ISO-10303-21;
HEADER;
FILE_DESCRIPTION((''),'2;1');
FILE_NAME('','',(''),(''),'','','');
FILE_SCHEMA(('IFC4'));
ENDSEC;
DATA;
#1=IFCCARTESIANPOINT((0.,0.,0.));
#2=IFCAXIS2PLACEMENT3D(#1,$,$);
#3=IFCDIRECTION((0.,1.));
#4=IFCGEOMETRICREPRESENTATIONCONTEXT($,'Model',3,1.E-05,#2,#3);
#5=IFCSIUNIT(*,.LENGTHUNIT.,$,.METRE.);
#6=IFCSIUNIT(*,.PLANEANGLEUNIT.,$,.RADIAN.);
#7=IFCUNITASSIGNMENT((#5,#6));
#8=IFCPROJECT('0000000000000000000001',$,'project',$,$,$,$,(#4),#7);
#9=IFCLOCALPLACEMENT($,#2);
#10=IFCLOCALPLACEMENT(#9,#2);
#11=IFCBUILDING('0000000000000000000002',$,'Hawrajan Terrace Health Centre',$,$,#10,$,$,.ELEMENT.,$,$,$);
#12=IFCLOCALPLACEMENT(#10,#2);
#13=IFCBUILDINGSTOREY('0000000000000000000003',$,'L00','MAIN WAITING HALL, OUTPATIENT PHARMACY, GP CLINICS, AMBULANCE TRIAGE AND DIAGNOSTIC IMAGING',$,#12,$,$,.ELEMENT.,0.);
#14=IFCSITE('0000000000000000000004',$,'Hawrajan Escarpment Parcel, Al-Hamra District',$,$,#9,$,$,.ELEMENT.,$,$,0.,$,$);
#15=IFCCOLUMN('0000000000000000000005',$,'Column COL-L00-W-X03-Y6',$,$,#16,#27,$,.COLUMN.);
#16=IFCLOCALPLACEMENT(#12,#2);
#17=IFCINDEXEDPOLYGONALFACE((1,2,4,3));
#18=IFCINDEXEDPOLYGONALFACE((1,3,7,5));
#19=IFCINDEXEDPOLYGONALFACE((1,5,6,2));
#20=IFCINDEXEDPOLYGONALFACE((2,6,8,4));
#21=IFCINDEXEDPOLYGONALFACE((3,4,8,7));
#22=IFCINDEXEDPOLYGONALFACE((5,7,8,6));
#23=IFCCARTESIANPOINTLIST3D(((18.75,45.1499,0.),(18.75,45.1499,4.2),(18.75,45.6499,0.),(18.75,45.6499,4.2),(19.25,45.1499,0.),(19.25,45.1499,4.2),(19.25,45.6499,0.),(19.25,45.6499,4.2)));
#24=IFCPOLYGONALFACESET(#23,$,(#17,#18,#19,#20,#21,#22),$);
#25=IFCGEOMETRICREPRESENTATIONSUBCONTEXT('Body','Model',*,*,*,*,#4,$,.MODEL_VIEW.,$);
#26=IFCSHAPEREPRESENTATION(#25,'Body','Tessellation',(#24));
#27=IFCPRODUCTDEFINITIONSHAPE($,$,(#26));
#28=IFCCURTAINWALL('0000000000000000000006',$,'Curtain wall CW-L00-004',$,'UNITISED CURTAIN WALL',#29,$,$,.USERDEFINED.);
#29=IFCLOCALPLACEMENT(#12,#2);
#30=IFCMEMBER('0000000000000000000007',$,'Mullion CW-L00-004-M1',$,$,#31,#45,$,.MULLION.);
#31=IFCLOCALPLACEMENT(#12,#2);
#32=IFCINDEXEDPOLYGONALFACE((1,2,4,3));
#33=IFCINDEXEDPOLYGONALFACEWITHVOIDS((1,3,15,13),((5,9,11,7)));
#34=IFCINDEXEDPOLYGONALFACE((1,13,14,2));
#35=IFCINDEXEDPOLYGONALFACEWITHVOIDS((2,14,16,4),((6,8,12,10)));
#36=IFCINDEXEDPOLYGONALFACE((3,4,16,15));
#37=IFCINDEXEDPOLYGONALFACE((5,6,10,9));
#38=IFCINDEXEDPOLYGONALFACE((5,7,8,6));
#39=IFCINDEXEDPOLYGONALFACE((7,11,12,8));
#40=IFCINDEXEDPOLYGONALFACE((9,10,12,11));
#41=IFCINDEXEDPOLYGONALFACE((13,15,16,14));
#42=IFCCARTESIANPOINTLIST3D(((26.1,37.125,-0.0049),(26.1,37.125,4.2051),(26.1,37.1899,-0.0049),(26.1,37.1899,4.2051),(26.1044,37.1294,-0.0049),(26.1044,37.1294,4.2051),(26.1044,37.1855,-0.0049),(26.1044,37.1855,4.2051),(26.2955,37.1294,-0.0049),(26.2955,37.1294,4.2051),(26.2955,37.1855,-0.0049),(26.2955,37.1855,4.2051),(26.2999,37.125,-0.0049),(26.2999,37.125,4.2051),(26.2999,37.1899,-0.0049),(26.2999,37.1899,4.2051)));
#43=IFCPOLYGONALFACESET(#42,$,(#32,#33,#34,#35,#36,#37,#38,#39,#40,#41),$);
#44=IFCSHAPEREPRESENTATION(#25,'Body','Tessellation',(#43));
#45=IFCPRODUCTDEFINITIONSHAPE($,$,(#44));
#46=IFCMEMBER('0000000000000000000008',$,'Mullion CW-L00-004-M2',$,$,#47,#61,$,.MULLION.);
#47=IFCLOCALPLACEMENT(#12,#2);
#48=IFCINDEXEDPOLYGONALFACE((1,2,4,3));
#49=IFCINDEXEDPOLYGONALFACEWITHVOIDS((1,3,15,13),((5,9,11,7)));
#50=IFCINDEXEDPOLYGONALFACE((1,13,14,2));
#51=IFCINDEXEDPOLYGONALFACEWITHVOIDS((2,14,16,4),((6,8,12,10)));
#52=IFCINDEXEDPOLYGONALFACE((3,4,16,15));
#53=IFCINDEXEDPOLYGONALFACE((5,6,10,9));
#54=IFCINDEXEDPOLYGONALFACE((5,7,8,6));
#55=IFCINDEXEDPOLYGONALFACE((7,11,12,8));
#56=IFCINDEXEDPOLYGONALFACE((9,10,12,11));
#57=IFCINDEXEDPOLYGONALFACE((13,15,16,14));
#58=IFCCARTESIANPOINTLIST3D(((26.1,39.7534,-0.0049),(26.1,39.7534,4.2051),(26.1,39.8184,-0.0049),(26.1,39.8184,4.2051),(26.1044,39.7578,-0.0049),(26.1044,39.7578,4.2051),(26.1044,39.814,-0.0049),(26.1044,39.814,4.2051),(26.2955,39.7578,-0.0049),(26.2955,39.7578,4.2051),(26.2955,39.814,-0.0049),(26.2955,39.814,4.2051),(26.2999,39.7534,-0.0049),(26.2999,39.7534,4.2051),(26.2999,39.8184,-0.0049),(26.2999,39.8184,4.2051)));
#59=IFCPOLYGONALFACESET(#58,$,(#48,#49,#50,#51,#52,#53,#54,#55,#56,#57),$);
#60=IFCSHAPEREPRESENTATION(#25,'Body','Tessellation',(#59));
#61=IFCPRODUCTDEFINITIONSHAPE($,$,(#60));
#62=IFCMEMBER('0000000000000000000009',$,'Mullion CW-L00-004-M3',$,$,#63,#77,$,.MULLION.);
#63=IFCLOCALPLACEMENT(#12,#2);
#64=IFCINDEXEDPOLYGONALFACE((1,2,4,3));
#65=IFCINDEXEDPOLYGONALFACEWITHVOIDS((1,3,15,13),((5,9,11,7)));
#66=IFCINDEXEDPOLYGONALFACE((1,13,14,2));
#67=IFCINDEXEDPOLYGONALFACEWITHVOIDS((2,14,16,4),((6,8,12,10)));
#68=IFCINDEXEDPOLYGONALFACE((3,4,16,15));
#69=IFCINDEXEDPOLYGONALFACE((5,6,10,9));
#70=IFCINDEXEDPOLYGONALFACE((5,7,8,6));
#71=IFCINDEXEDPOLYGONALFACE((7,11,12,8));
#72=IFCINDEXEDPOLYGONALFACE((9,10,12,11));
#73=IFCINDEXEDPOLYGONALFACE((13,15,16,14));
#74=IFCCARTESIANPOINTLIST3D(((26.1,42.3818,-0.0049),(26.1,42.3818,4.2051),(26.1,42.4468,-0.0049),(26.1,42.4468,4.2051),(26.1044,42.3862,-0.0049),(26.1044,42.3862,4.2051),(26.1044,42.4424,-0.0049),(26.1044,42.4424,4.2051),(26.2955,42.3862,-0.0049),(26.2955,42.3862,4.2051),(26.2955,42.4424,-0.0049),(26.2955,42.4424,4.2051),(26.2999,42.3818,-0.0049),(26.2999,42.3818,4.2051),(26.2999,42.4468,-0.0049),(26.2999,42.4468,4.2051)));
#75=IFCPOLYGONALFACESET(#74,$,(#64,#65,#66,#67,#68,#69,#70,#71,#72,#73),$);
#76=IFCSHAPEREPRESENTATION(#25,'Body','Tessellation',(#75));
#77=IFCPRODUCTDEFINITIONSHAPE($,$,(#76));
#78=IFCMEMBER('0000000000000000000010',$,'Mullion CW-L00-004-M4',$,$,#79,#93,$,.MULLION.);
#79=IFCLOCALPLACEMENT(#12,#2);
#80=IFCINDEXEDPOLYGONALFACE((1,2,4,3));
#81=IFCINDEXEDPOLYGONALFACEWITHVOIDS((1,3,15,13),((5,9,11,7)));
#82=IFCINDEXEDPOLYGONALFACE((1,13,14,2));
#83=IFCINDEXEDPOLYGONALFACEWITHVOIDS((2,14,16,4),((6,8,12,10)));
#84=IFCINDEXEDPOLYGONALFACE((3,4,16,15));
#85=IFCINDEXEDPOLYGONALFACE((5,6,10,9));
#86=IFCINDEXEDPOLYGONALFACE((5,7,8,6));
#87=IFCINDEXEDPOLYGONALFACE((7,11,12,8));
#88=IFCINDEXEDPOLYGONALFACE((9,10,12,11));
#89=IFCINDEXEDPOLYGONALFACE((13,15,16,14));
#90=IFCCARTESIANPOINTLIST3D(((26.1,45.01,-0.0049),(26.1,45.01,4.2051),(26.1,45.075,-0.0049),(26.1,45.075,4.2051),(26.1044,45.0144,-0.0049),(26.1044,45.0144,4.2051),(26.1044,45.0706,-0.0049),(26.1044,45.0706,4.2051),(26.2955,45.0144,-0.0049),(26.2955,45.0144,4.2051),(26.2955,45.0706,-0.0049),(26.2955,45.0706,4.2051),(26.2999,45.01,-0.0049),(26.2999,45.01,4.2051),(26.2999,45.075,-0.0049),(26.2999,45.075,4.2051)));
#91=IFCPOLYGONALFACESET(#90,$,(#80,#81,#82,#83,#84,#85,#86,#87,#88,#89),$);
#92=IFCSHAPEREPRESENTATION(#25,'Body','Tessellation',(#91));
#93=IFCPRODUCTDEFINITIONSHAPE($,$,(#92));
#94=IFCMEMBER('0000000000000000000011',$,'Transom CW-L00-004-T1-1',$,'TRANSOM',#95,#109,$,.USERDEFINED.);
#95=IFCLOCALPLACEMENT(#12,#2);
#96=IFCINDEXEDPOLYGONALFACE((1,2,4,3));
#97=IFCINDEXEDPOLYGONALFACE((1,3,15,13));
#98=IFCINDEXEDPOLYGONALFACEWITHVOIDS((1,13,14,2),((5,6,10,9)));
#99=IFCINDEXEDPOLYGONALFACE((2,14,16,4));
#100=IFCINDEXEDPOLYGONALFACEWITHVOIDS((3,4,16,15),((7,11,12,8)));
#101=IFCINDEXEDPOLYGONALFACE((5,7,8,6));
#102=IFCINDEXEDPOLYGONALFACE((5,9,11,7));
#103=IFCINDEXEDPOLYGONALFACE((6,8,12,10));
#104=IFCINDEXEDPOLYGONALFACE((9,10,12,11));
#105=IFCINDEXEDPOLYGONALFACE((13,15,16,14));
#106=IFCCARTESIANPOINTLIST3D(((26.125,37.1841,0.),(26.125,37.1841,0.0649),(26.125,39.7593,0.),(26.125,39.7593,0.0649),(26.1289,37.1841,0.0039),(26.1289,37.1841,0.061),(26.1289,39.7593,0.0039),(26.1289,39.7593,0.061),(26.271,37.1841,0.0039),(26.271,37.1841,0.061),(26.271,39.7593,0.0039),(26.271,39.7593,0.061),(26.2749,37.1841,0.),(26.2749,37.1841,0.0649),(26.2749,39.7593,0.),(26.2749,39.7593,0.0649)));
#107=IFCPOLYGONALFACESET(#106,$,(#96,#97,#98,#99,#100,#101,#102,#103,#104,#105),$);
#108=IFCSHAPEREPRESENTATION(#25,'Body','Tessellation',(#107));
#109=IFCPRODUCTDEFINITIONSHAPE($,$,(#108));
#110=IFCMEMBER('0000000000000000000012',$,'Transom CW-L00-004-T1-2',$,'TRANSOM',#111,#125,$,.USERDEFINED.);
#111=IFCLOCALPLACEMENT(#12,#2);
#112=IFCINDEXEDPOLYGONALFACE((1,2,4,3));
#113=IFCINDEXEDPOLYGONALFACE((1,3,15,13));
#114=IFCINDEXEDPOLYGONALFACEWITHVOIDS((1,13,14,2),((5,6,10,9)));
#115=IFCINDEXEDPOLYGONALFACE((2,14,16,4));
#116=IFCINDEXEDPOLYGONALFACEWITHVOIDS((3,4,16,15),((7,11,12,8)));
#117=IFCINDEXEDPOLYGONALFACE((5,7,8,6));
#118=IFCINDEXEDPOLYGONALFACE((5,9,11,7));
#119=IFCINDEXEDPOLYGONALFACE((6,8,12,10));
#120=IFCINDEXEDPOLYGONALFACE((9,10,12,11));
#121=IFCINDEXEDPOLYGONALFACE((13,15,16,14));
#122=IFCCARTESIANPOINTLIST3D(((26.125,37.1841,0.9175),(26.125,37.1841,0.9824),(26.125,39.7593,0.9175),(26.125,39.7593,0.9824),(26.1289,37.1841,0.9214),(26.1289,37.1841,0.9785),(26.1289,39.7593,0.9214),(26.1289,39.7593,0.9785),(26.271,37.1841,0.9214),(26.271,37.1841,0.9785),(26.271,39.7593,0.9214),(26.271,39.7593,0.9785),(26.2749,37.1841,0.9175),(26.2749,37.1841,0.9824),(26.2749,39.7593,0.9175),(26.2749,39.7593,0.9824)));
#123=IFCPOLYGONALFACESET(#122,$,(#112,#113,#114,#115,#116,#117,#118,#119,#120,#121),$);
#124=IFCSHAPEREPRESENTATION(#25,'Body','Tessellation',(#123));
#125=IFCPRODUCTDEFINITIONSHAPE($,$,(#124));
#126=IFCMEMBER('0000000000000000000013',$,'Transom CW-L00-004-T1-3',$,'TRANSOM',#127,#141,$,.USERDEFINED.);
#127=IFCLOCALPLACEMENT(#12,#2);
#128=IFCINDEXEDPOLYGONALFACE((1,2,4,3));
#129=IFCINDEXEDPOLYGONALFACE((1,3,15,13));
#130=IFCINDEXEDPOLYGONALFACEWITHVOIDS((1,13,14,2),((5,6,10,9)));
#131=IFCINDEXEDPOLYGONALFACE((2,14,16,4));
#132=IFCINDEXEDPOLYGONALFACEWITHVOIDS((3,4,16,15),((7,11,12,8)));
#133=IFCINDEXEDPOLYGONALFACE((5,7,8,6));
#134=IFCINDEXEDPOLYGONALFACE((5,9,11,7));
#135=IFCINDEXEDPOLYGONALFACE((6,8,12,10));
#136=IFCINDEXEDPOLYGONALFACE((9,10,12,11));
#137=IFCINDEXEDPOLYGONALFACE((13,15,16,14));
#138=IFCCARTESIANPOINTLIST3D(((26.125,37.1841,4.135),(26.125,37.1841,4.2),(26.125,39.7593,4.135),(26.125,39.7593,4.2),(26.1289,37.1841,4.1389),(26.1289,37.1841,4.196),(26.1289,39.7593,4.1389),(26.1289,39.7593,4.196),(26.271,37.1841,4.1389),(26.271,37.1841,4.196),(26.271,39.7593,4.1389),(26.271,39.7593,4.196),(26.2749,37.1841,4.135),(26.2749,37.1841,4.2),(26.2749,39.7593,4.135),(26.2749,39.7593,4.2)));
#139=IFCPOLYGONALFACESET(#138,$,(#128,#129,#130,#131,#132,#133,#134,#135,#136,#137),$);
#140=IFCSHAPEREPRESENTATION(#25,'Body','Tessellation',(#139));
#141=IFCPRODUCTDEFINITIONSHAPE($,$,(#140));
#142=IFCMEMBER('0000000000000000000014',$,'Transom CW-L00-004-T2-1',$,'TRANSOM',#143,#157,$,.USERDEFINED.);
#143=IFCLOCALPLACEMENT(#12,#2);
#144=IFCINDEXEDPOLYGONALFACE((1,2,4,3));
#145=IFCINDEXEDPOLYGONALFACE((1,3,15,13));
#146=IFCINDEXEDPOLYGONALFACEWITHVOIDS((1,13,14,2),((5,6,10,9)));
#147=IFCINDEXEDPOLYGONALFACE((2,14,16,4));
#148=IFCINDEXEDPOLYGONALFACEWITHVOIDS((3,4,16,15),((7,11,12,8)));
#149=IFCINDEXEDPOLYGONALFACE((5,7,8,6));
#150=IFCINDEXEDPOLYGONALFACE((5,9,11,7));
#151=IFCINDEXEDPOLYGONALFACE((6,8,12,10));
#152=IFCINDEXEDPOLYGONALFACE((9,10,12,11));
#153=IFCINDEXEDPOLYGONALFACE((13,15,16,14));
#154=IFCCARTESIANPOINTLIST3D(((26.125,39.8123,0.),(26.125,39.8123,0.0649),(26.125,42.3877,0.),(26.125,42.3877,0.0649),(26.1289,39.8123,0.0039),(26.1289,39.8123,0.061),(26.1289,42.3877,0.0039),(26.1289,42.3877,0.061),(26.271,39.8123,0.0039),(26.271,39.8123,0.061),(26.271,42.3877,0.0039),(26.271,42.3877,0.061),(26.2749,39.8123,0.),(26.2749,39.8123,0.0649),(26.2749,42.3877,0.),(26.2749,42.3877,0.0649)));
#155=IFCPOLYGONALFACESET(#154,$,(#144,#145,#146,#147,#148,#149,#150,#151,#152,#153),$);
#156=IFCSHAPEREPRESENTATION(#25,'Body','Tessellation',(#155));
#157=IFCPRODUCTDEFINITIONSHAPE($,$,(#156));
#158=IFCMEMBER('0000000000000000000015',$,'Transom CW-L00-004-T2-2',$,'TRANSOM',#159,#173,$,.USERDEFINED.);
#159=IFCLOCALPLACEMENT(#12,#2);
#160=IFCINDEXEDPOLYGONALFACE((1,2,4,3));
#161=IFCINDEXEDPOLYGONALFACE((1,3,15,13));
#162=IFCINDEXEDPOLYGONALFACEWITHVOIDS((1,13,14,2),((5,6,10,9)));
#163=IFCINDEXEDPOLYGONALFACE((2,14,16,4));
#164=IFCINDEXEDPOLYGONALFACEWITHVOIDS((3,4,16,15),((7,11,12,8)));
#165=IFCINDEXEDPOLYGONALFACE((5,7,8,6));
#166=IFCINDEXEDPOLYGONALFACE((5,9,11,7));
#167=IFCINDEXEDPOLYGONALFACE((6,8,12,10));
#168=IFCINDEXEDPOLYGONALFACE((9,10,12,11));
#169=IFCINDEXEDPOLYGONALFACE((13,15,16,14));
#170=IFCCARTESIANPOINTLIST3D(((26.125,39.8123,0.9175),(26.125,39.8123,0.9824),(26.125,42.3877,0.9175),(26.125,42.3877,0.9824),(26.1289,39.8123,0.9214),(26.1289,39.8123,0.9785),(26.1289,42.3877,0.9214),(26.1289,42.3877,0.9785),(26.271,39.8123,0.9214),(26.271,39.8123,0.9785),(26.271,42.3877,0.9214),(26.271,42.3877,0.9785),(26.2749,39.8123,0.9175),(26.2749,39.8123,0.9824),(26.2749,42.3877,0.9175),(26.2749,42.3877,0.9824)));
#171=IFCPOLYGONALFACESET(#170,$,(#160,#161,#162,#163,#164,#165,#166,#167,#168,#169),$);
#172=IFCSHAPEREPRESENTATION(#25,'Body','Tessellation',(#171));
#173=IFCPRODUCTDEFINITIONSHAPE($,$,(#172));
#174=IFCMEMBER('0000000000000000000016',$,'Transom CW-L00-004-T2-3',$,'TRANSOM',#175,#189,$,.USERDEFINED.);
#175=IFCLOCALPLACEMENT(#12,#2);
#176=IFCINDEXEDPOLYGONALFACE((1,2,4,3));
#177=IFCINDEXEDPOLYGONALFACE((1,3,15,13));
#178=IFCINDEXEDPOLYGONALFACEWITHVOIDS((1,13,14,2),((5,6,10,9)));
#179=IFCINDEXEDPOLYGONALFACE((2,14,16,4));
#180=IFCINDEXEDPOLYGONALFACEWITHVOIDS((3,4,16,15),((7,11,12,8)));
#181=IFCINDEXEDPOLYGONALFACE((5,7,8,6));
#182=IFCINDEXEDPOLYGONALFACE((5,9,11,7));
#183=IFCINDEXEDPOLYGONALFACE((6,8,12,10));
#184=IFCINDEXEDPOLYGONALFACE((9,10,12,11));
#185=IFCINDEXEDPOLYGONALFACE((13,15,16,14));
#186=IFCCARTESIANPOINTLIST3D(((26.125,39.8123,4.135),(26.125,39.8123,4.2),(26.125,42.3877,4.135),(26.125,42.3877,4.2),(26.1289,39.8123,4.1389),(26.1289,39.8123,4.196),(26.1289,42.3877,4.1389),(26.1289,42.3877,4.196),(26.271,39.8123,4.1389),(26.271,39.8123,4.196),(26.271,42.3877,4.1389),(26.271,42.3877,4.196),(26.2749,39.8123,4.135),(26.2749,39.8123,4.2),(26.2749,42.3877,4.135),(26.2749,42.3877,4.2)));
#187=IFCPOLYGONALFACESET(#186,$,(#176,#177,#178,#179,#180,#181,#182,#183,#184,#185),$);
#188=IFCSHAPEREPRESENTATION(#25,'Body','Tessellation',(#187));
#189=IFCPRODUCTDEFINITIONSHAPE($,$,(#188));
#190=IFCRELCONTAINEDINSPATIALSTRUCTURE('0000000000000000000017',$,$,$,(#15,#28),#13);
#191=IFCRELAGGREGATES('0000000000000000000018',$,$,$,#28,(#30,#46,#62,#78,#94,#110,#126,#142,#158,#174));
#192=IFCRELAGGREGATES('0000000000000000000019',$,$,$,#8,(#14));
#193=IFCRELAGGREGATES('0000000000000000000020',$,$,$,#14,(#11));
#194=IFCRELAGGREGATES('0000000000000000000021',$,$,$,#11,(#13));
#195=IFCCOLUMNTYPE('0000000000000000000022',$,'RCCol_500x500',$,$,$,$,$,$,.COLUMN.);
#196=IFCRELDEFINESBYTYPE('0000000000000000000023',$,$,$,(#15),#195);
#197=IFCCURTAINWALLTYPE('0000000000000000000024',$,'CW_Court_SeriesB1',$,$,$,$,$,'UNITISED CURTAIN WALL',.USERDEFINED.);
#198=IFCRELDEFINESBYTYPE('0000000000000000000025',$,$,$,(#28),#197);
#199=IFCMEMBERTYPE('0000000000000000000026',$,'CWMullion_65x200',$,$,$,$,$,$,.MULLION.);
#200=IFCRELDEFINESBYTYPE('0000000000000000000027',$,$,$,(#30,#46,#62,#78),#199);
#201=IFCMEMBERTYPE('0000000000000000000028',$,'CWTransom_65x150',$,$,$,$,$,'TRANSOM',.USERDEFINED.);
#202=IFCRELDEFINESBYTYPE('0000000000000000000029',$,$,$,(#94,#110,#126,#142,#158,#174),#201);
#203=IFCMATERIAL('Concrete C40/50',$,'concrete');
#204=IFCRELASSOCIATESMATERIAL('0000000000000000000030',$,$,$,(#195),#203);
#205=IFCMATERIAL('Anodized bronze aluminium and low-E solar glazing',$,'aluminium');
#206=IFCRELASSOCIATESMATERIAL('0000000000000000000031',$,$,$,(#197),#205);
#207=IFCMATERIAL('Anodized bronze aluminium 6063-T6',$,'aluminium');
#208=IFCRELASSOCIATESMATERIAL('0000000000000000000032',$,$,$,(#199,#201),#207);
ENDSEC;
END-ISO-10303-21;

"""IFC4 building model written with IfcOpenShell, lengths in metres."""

from ifc_helpers import new_model, si_unit, direction, frame, origin, origin_2d, place, context, subcontext, project, spatial, rectangle, hollow_rectangle, extrude, material, material_profile, profile_set, type_object, element, aggregate, save


model = new_model("IFC4")

# Units and contexts
model_context = context("Model", 3, precision=1e-05, world=origin(), true_north=direction((0.0, 1.0)))
body_context = subcontext(model_context, "Body", "Model", "MODEL_VIEW")
ifc_project = project(units=[si_unit("LENGTHUNIT", "METRE"), si_unit("PLANEANGLEUNIT", "RADIAN")], contexts=[model_context])

# Site, building, storey
site_placement = place(None, origin())
site = spatial("IfcSite", under=ifc_project, at=site_placement, Name="Hawrajan Escarpment Parcel, Al-Hamra District", CompositionType="ELEMENT", RefElevation=0.0)
building_placement = place(site_placement, origin())
building = spatial("IfcBuilding", under=site, at=building_placement, Name="Hawrajan Terrace Health Centre", CompositionType="ELEMENT")
storey_placement = place(building_placement, origin())
storey = spatial("IfcBuildingStorey", under=building, at=storey_placement, Name="L00", Description="MAIN WAITING HALL, OUTPATIENT PHARMACY, GP CLINICS, AMBULANCE TRIAGE AND DIAGNOSTIC IMAGING", CompositionType="ELEMENT", Elevation=0.0)

# Column
ifc_material_1 = material(Name="Concrete C40/50", Category="concrete")
ifc_material_profile_1 = material_profile(ifc_material_1, rectangle(XDim=0.5, YDim=0.5, at=origin_2d()), Name="RC 500x500")
ifc_profile_set_1 = profile_set([ifc_material_profile_1], Name="Concrete C40/50")
column_type = type_object("IfcColumnType", Name="RCCol_500x500", PredefinedType="COLUMN", material=ifc_profile_set_1)
column_placement = place(storey_placement, frame((19.0, 45.3999, 0.0), z_axis=(0.0, 0.0, 1.0), x_axis=(1.0, 0.0, 0.0)))
element("IfcColumn", 1, at=column_placement, inside=storey, type_object=column_type, Name="Column COL-L00-W-X03-Y6", PredefinedType="COLUMN", context=body_context, shape_type="SweptSolid", body=[
    extrude(rectangle(XDim=0.5, YDim=0.5, at=origin_2d()), origin(), (0.0, 0.0, 1.0), 4.2),
])

# Curtain wall, members
ifc_material_2 = material(Name="Anodized bronze aluminium and low-E solar glazing", Category="aluminium")
curtain_wall_type = type_object("IfcCurtainWallType", Name="CW_Court_SeriesB1", ElementType="UNITISED CURTAIN WALL", PredefinedType="USERDEFINED", material=ifc_material_2)
curtain_wall_placement = place(storey_placement, origin())
curtain_wall = element("IfcCurtainWall", 2, at=curtain_wall_placement, inside=storey, type_object=curtain_wall_type, Name="Curtain wall CW-L00-004", ObjectType="UNITISED CURTAIN WALL", PredefinedType="USERDEFINED")
ifc_material_3 = material(Name="Anodized bronze aluminium 6063-T6", Category="aluminium")
ifc_material_profile_2 = material_profile(ifc_material_3, hollow_rectangle(XDim=0.0649, YDim=0.2, WallThickness=0.0044, at=origin_2d()), Name="CW MUL 65x200")
ifc_profile_set_2 = profile_set([ifc_material_profile_2], Name="Anodized bronze aluminium 6063-T6")
member_type_1 = type_object("IfcMemberType", Name="CWMullion_65x200", PredefinedType="MULLION", material=ifc_profile_set_2)
member_1_placement = place(storey_placement, frame((26.2, 37.1575, -0.0049), z_axis=(0.0, 0.0, 1.0), x_axis=(0.0, 1.0, 0.0)))
member_1 = element("IfcMember", 3, at=member_1_placement, type_object=member_type_1, Name="Mullion CW-L00-004-M1", PredefinedType="MULLION", context=body_context, shape_type="SweptSolid", body=[
    extrude(hollow_rectangle(XDim=0.0649, YDim=0.2, WallThickness=0.0044, at=origin_2d()), origin(), (0.0, 0.0, 1.0), 4.21),
])
member_2_placement = place(storey_placement, frame((26.2, 39.7859, -0.0049), z_axis=(0.0, 0.0, 1.0), x_axis=(0.0, 1.0, 0.0)))
member_2 = element("IfcMember", 4, at=member_2_placement, type_object=member_type_1, Name="Mullion CW-L00-004-M2", PredefinedType="MULLION", context=body_context, shape_type="SweptSolid", body=[
    extrude(hollow_rectangle(XDim=0.0649, YDim=0.2, WallThickness=0.0044, at=origin_2d()), origin(), (0.0, 0.0, 1.0), 4.21),
])
member_3_placement = place(storey_placement, frame((26.2, 42.4143, -0.0049), z_axis=(0.0, 0.0, 1.0), x_axis=(0.0, 1.0, 0.0)))
member_3 = element("IfcMember", 5, at=member_3_placement, type_object=member_type_1, Name="Mullion CW-L00-004-M3", PredefinedType="MULLION", context=body_context, shape_type="SweptSolid", body=[
    extrude(hollow_rectangle(XDim=0.0649, YDim=0.2, WallThickness=0.0044, at=origin_2d()), origin(), (0.0, 0.0, 1.0), 4.21),
])
member_4_placement = place(storey_placement, frame((26.2, 45.0425, -0.0049), z_axis=(0.0, 0.0, 1.0), x_axis=(0.0, 1.0, 0.0)))
member_4 = element("IfcMember", 6, at=member_4_placement, type_object=member_type_1, Name="Mullion CW-L00-004-M4", PredefinedType="MULLION", context=body_context, shape_type="SweptSolid", body=[
    extrude(hollow_rectangle(XDim=0.0649, YDim=0.2, WallThickness=0.0044, at=origin_2d()), origin(), (0.0, 0.0, 1.0), 4.21),
])
ifc_material_profile_3 = material_profile(ifc_material_3, hollow_rectangle(XDim=0.0649, YDim=0.1499, WallThickness=0.0039, at=origin_2d()), Name="CW TRN 65x150")
ifc_profile_set_3 = profile_set([ifc_material_profile_3], Name="Anodized bronze aluminium 6063-T6")
member_type_2 = type_object("IfcMemberType", Name="CWTransom_65x150", ElementType="TRANSOM", PredefinedType="USERDEFINED", material=ifc_profile_set_3)
member_5_placement = place(storey_placement, frame((26.2, 37.1841, 0.0325), z_axis=(0.0, 1.0, 0.0), x_axis=(0.0, 0.0, 1.0)))
member_5 = element("IfcMember", 7, at=member_5_placement, type_object=member_type_2, Name="Transom CW-L00-004-T1-1", ObjectType="TRANSOM", PredefinedType="USERDEFINED", context=body_context, shape_type="SweptSolid", body=[
    extrude(hollow_rectangle(XDim=0.0649, YDim=0.1499, WallThickness=0.0039, at=origin_2d()), origin(), (0.0, 0.0, 1.0), 2.5752),
])
member_6_placement = place(storey_placement, frame((26.2, 37.1841, 0.95), z_axis=(0.0, 1.0, 0.0), x_axis=(0.0, 0.0, 1.0)))
member_6 = element("IfcMember", 8, at=member_6_placement, type_object=member_type_2, Name="Transom CW-L00-004-T1-2", ObjectType="TRANSOM", PredefinedType="USERDEFINED", context=body_context, shape_type="SweptSolid", body=[
    extrude(hollow_rectangle(XDim=0.0649, YDim=0.1499, WallThickness=0.0039, at=origin_2d()), origin(), (0.0, 0.0, 1.0), 2.5752),
])
member_7_placement = place(storey_placement, frame((26.2, 37.1841, 4.1675), z_axis=(0.0, 1.0, 0.0), x_axis=(0.0, 0.0, 1.0)))
member_7 = element("IfcMember", 9, at=member_7_placement, type_object=member_type_2, Name="Transom CW-L00-004-T1-3", ObjectType="TRANSOM", PredefinedType="USERDEFINED", context=body_context, shape_type="SweptSolid", body=[
    extrude(hollow_rectangle(XDim=0.0649, YDim=0.1499, WallThickness=0.0039, at=origin_2d()), origin(), (0.0, 0.0, 1.0), 2.5752),
])
member_8_placement = place(storey_placement, frame((26.2, 39.8123, 0.0325), z_axis=(0.0, 1.0, 0.0), x_axis=(0.0, 0.0, 1.0)))
member_8 = element("IfcMember", 10, at=member_8_placement, type_object=member_type_2, Name="Transom CW-L00-004-T2-1", ObjectType="TRANSOM", PredefinedType="USERDEFINED", context=body_context, shape_type="SweptSolid", body=[
    extrude(hollow_rectangle(XDim=0.0649, YDim=0.1499, WallThickness=0.0039, at=origin_2d()), origin(), (0.0, 0.0, 1.0), 2.5754),
])
member_9_placement = place(storey_placement, frame((26.2, 39.8123, 0.95), z_axis=(0.0, 1.0, 0.0), x_axis=(0.0, 0.0, 1.0)))
member_9 = element("IfcMember", 11, at=member_9_placement, type_object=member_type_2, Name="Transom CW-L00-004-T2-2", ObjectType="TRANSOM", PredefinedType="USERDEFINED", context=body_context, shape_type="SweptSolid", body=[
    extrude(hollow_rectangle(XDim=0.0649, YDim=0.1499, WallThickness=0.0039, at=origin_2d()), origin(), (0.0, 0.0, 1.0), 2.5754),
])
member_10_placement = place(storey_placement, frame((26.2, 39.8123, 4.1675), z_axis=(0.0, 1.0, 0.0), x_axis=(0.0, 0.0, 1.0)))
member_10 = element("IfcMember", 12, at=member_10_placement, type_object=member_type_2, Name="Transom CW-L00-004-T2-3", ObjectType="TRANSOM", PredefinedType="USERDEFINED", context=body_context, shape_type="SweptSolid", body=[
    extrude(hollow_rectangle(XDim=0.0649, YDim=0.1499, WallThickness=0.0039, at=origin_2d()), origin(), (0.0, 0.0, 1.0), 2.5754),
])

aggregate(curtain_wall, [member_1, member_2, member_3, member_4, member_5, member_6, member_7, member_8, member_9, member_10])

save(model, "model.ifc")
